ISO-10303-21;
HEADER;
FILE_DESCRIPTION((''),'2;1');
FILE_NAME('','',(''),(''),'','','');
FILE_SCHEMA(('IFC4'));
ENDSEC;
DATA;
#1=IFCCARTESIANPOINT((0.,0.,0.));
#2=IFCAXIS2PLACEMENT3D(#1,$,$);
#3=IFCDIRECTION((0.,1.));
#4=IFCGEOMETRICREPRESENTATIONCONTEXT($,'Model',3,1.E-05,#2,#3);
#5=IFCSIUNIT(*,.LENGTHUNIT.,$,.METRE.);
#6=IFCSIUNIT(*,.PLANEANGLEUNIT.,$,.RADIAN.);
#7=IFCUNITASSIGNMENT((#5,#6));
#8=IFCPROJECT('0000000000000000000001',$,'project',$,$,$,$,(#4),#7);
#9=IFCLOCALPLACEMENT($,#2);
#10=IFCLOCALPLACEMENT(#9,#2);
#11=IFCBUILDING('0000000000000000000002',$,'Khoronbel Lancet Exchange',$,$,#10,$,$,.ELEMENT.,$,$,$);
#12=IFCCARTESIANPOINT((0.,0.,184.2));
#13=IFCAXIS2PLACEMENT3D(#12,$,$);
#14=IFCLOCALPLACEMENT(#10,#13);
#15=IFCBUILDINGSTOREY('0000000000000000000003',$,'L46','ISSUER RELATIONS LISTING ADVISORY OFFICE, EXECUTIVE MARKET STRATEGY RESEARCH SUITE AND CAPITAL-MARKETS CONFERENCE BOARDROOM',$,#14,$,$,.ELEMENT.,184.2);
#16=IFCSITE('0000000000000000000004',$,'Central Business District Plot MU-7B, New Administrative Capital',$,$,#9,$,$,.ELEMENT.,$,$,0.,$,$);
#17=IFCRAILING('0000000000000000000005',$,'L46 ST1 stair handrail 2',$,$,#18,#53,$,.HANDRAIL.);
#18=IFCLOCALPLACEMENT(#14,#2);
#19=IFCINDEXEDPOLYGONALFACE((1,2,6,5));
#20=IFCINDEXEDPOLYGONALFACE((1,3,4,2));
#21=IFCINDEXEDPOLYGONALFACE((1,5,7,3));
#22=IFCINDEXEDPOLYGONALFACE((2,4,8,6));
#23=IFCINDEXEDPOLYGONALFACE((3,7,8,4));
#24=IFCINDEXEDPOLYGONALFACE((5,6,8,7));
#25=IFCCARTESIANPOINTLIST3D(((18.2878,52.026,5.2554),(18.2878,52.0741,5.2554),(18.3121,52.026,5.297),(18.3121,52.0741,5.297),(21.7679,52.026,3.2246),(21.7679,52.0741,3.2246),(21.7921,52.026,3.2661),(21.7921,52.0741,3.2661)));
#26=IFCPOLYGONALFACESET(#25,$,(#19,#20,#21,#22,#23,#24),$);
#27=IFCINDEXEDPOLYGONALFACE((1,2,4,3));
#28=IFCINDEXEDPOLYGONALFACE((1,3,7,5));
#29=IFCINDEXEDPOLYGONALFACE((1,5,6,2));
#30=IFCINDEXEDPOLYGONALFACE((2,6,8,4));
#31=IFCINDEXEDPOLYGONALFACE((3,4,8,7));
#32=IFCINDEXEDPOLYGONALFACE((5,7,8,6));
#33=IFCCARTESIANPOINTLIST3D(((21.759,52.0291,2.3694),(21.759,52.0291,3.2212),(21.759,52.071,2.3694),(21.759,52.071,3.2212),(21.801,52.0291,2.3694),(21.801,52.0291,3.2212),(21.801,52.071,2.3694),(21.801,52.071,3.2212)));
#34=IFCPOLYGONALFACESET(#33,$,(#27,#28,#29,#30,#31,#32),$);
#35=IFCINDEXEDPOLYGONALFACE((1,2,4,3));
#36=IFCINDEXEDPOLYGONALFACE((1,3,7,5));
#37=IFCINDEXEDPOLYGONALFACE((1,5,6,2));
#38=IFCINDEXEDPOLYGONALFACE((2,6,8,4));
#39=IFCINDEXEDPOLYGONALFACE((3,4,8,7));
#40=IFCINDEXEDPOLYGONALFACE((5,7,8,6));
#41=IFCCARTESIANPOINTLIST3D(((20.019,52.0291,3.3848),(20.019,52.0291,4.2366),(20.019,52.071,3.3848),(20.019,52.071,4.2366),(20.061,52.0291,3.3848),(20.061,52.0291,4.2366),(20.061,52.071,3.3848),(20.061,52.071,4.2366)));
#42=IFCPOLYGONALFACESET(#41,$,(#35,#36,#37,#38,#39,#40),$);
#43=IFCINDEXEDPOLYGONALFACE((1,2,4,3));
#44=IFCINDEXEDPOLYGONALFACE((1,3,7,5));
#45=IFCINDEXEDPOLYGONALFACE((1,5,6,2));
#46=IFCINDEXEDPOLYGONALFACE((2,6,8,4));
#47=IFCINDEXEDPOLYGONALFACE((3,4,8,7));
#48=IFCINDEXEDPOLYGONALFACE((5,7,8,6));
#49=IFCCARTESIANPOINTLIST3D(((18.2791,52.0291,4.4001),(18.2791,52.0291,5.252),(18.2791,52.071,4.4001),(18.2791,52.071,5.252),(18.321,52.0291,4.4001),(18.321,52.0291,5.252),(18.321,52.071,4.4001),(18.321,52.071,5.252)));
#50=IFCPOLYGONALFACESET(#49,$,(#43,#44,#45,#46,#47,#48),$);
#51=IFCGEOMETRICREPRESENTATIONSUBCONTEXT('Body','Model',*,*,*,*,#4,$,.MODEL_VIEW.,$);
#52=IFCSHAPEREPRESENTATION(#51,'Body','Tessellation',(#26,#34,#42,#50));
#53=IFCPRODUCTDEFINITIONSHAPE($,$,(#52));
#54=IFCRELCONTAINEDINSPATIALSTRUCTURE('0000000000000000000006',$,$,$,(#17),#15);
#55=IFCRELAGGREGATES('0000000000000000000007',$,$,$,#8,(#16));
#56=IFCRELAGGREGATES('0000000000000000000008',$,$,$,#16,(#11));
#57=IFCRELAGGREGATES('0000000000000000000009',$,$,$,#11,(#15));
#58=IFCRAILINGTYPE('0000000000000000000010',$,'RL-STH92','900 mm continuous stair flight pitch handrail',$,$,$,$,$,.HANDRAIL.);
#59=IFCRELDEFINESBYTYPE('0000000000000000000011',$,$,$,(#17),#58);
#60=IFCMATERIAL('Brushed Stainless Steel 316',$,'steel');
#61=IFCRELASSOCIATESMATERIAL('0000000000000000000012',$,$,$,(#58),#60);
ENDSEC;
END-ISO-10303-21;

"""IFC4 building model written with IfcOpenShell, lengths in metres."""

from ifc_helpers import new_model, si_unit, direction, frame, origin, origin_2d, place, context, subcontext, project, spatial, rectangle, extrude, material, type_object, element, save


model = new_model("IFC4")

# Units and contexts
model_context = context("Model", 3, precision=1e-05, world=origin(), true_north=direction((0.0, 1.0)))
body_context = subcontext(model_context, "Body", "Model", "MODEL_VIEW")
ifc_project = project(units=[si_unit("LENGTHUNIT", "METRE"), si_unit("PLANEANGLEUNIT", "RADIAN")], contexts=[model_context])

# Site, building, storey
site_placement = place(None, origin())
site = spatial("IfcSite", under=ifc_project, at=site_placement, Name="Central Business District Plot MU-7B, New Administrative Capital", CompositionType="ELEMENT", RefElevation=0.0)
building_placement = place(site_placement, origin())
building = spatial("IfcBuilding", under=site, at=building_placement, Name="Khoronbel Lancet Exchange", CompositionType="ELEMENT")
storey_placement = place(building_placement, frame((0.0, 0.0, 184.2)))
storey = spatial("IfcBuildingStorey", under=building, at=storey_placement, Name="L46", Description="ISSUER RELATIONS LISTING ADVISORY OFFICE, EXECUTIVE MARKET STRATEGY RESEARCH SUITE AND CAPITAL-MARKETS CONFERENCE BOARDROOM", CompositionType="ELEMENT", Elevation=184.2)

# Railing
ifc_material_1 = material(Name="Brushed Stainless Steel 316", Category="steel")
railing_type_1 = type_object("IfcRailingType", Name="RL-STH92", Description="900 mm continuous stair flight pitch handrail", PredefinedType="HANDRAIL", material=ifc_material_1)
railing_1_placement = place(storey_placement, frame((21.78, 52.05, 2.3694)))
element("IfcRailing", 1, at=railing_1_placement, inside=storey, type_object=railing_type_1, Name="L46 ST1 stair handrail 2", PredefinedType="HANDRAIL", context=body_context, shape_type="SweptSolid", body=[
    extrude(rectangle(XDim=0.0481, YDim=0.0481, at=origin_2d()), frame((0.0, 0.0, 0.876), z_axis=(-0.863695, 0.0, 0.504014), x_axis=(0.0, -1.0, 0.0)), (0.0, 0.0, 1.0), 4.0293),
    extrude(rectangle(XDim=0.042, YDim=0.042, at=origin_2d()), origin(), (0.0, 0.0, 1.0), 0.8518),
    extrude(rectangle(XDim=0.042, YDim=0.042, at=origin_2d()), frame((-1.74, 0.0, 1.0154)), (0.0, 0.0, 1.0), 0.8518),
    extrude(rectangle(XDim=0.042, YDim=0.042, at=origin_2d()), frame((-3.48, 0.0, 2.0308)), (0.0, 0.0, 1.0), 0.8518),
])

save(model, "model.ifc")
